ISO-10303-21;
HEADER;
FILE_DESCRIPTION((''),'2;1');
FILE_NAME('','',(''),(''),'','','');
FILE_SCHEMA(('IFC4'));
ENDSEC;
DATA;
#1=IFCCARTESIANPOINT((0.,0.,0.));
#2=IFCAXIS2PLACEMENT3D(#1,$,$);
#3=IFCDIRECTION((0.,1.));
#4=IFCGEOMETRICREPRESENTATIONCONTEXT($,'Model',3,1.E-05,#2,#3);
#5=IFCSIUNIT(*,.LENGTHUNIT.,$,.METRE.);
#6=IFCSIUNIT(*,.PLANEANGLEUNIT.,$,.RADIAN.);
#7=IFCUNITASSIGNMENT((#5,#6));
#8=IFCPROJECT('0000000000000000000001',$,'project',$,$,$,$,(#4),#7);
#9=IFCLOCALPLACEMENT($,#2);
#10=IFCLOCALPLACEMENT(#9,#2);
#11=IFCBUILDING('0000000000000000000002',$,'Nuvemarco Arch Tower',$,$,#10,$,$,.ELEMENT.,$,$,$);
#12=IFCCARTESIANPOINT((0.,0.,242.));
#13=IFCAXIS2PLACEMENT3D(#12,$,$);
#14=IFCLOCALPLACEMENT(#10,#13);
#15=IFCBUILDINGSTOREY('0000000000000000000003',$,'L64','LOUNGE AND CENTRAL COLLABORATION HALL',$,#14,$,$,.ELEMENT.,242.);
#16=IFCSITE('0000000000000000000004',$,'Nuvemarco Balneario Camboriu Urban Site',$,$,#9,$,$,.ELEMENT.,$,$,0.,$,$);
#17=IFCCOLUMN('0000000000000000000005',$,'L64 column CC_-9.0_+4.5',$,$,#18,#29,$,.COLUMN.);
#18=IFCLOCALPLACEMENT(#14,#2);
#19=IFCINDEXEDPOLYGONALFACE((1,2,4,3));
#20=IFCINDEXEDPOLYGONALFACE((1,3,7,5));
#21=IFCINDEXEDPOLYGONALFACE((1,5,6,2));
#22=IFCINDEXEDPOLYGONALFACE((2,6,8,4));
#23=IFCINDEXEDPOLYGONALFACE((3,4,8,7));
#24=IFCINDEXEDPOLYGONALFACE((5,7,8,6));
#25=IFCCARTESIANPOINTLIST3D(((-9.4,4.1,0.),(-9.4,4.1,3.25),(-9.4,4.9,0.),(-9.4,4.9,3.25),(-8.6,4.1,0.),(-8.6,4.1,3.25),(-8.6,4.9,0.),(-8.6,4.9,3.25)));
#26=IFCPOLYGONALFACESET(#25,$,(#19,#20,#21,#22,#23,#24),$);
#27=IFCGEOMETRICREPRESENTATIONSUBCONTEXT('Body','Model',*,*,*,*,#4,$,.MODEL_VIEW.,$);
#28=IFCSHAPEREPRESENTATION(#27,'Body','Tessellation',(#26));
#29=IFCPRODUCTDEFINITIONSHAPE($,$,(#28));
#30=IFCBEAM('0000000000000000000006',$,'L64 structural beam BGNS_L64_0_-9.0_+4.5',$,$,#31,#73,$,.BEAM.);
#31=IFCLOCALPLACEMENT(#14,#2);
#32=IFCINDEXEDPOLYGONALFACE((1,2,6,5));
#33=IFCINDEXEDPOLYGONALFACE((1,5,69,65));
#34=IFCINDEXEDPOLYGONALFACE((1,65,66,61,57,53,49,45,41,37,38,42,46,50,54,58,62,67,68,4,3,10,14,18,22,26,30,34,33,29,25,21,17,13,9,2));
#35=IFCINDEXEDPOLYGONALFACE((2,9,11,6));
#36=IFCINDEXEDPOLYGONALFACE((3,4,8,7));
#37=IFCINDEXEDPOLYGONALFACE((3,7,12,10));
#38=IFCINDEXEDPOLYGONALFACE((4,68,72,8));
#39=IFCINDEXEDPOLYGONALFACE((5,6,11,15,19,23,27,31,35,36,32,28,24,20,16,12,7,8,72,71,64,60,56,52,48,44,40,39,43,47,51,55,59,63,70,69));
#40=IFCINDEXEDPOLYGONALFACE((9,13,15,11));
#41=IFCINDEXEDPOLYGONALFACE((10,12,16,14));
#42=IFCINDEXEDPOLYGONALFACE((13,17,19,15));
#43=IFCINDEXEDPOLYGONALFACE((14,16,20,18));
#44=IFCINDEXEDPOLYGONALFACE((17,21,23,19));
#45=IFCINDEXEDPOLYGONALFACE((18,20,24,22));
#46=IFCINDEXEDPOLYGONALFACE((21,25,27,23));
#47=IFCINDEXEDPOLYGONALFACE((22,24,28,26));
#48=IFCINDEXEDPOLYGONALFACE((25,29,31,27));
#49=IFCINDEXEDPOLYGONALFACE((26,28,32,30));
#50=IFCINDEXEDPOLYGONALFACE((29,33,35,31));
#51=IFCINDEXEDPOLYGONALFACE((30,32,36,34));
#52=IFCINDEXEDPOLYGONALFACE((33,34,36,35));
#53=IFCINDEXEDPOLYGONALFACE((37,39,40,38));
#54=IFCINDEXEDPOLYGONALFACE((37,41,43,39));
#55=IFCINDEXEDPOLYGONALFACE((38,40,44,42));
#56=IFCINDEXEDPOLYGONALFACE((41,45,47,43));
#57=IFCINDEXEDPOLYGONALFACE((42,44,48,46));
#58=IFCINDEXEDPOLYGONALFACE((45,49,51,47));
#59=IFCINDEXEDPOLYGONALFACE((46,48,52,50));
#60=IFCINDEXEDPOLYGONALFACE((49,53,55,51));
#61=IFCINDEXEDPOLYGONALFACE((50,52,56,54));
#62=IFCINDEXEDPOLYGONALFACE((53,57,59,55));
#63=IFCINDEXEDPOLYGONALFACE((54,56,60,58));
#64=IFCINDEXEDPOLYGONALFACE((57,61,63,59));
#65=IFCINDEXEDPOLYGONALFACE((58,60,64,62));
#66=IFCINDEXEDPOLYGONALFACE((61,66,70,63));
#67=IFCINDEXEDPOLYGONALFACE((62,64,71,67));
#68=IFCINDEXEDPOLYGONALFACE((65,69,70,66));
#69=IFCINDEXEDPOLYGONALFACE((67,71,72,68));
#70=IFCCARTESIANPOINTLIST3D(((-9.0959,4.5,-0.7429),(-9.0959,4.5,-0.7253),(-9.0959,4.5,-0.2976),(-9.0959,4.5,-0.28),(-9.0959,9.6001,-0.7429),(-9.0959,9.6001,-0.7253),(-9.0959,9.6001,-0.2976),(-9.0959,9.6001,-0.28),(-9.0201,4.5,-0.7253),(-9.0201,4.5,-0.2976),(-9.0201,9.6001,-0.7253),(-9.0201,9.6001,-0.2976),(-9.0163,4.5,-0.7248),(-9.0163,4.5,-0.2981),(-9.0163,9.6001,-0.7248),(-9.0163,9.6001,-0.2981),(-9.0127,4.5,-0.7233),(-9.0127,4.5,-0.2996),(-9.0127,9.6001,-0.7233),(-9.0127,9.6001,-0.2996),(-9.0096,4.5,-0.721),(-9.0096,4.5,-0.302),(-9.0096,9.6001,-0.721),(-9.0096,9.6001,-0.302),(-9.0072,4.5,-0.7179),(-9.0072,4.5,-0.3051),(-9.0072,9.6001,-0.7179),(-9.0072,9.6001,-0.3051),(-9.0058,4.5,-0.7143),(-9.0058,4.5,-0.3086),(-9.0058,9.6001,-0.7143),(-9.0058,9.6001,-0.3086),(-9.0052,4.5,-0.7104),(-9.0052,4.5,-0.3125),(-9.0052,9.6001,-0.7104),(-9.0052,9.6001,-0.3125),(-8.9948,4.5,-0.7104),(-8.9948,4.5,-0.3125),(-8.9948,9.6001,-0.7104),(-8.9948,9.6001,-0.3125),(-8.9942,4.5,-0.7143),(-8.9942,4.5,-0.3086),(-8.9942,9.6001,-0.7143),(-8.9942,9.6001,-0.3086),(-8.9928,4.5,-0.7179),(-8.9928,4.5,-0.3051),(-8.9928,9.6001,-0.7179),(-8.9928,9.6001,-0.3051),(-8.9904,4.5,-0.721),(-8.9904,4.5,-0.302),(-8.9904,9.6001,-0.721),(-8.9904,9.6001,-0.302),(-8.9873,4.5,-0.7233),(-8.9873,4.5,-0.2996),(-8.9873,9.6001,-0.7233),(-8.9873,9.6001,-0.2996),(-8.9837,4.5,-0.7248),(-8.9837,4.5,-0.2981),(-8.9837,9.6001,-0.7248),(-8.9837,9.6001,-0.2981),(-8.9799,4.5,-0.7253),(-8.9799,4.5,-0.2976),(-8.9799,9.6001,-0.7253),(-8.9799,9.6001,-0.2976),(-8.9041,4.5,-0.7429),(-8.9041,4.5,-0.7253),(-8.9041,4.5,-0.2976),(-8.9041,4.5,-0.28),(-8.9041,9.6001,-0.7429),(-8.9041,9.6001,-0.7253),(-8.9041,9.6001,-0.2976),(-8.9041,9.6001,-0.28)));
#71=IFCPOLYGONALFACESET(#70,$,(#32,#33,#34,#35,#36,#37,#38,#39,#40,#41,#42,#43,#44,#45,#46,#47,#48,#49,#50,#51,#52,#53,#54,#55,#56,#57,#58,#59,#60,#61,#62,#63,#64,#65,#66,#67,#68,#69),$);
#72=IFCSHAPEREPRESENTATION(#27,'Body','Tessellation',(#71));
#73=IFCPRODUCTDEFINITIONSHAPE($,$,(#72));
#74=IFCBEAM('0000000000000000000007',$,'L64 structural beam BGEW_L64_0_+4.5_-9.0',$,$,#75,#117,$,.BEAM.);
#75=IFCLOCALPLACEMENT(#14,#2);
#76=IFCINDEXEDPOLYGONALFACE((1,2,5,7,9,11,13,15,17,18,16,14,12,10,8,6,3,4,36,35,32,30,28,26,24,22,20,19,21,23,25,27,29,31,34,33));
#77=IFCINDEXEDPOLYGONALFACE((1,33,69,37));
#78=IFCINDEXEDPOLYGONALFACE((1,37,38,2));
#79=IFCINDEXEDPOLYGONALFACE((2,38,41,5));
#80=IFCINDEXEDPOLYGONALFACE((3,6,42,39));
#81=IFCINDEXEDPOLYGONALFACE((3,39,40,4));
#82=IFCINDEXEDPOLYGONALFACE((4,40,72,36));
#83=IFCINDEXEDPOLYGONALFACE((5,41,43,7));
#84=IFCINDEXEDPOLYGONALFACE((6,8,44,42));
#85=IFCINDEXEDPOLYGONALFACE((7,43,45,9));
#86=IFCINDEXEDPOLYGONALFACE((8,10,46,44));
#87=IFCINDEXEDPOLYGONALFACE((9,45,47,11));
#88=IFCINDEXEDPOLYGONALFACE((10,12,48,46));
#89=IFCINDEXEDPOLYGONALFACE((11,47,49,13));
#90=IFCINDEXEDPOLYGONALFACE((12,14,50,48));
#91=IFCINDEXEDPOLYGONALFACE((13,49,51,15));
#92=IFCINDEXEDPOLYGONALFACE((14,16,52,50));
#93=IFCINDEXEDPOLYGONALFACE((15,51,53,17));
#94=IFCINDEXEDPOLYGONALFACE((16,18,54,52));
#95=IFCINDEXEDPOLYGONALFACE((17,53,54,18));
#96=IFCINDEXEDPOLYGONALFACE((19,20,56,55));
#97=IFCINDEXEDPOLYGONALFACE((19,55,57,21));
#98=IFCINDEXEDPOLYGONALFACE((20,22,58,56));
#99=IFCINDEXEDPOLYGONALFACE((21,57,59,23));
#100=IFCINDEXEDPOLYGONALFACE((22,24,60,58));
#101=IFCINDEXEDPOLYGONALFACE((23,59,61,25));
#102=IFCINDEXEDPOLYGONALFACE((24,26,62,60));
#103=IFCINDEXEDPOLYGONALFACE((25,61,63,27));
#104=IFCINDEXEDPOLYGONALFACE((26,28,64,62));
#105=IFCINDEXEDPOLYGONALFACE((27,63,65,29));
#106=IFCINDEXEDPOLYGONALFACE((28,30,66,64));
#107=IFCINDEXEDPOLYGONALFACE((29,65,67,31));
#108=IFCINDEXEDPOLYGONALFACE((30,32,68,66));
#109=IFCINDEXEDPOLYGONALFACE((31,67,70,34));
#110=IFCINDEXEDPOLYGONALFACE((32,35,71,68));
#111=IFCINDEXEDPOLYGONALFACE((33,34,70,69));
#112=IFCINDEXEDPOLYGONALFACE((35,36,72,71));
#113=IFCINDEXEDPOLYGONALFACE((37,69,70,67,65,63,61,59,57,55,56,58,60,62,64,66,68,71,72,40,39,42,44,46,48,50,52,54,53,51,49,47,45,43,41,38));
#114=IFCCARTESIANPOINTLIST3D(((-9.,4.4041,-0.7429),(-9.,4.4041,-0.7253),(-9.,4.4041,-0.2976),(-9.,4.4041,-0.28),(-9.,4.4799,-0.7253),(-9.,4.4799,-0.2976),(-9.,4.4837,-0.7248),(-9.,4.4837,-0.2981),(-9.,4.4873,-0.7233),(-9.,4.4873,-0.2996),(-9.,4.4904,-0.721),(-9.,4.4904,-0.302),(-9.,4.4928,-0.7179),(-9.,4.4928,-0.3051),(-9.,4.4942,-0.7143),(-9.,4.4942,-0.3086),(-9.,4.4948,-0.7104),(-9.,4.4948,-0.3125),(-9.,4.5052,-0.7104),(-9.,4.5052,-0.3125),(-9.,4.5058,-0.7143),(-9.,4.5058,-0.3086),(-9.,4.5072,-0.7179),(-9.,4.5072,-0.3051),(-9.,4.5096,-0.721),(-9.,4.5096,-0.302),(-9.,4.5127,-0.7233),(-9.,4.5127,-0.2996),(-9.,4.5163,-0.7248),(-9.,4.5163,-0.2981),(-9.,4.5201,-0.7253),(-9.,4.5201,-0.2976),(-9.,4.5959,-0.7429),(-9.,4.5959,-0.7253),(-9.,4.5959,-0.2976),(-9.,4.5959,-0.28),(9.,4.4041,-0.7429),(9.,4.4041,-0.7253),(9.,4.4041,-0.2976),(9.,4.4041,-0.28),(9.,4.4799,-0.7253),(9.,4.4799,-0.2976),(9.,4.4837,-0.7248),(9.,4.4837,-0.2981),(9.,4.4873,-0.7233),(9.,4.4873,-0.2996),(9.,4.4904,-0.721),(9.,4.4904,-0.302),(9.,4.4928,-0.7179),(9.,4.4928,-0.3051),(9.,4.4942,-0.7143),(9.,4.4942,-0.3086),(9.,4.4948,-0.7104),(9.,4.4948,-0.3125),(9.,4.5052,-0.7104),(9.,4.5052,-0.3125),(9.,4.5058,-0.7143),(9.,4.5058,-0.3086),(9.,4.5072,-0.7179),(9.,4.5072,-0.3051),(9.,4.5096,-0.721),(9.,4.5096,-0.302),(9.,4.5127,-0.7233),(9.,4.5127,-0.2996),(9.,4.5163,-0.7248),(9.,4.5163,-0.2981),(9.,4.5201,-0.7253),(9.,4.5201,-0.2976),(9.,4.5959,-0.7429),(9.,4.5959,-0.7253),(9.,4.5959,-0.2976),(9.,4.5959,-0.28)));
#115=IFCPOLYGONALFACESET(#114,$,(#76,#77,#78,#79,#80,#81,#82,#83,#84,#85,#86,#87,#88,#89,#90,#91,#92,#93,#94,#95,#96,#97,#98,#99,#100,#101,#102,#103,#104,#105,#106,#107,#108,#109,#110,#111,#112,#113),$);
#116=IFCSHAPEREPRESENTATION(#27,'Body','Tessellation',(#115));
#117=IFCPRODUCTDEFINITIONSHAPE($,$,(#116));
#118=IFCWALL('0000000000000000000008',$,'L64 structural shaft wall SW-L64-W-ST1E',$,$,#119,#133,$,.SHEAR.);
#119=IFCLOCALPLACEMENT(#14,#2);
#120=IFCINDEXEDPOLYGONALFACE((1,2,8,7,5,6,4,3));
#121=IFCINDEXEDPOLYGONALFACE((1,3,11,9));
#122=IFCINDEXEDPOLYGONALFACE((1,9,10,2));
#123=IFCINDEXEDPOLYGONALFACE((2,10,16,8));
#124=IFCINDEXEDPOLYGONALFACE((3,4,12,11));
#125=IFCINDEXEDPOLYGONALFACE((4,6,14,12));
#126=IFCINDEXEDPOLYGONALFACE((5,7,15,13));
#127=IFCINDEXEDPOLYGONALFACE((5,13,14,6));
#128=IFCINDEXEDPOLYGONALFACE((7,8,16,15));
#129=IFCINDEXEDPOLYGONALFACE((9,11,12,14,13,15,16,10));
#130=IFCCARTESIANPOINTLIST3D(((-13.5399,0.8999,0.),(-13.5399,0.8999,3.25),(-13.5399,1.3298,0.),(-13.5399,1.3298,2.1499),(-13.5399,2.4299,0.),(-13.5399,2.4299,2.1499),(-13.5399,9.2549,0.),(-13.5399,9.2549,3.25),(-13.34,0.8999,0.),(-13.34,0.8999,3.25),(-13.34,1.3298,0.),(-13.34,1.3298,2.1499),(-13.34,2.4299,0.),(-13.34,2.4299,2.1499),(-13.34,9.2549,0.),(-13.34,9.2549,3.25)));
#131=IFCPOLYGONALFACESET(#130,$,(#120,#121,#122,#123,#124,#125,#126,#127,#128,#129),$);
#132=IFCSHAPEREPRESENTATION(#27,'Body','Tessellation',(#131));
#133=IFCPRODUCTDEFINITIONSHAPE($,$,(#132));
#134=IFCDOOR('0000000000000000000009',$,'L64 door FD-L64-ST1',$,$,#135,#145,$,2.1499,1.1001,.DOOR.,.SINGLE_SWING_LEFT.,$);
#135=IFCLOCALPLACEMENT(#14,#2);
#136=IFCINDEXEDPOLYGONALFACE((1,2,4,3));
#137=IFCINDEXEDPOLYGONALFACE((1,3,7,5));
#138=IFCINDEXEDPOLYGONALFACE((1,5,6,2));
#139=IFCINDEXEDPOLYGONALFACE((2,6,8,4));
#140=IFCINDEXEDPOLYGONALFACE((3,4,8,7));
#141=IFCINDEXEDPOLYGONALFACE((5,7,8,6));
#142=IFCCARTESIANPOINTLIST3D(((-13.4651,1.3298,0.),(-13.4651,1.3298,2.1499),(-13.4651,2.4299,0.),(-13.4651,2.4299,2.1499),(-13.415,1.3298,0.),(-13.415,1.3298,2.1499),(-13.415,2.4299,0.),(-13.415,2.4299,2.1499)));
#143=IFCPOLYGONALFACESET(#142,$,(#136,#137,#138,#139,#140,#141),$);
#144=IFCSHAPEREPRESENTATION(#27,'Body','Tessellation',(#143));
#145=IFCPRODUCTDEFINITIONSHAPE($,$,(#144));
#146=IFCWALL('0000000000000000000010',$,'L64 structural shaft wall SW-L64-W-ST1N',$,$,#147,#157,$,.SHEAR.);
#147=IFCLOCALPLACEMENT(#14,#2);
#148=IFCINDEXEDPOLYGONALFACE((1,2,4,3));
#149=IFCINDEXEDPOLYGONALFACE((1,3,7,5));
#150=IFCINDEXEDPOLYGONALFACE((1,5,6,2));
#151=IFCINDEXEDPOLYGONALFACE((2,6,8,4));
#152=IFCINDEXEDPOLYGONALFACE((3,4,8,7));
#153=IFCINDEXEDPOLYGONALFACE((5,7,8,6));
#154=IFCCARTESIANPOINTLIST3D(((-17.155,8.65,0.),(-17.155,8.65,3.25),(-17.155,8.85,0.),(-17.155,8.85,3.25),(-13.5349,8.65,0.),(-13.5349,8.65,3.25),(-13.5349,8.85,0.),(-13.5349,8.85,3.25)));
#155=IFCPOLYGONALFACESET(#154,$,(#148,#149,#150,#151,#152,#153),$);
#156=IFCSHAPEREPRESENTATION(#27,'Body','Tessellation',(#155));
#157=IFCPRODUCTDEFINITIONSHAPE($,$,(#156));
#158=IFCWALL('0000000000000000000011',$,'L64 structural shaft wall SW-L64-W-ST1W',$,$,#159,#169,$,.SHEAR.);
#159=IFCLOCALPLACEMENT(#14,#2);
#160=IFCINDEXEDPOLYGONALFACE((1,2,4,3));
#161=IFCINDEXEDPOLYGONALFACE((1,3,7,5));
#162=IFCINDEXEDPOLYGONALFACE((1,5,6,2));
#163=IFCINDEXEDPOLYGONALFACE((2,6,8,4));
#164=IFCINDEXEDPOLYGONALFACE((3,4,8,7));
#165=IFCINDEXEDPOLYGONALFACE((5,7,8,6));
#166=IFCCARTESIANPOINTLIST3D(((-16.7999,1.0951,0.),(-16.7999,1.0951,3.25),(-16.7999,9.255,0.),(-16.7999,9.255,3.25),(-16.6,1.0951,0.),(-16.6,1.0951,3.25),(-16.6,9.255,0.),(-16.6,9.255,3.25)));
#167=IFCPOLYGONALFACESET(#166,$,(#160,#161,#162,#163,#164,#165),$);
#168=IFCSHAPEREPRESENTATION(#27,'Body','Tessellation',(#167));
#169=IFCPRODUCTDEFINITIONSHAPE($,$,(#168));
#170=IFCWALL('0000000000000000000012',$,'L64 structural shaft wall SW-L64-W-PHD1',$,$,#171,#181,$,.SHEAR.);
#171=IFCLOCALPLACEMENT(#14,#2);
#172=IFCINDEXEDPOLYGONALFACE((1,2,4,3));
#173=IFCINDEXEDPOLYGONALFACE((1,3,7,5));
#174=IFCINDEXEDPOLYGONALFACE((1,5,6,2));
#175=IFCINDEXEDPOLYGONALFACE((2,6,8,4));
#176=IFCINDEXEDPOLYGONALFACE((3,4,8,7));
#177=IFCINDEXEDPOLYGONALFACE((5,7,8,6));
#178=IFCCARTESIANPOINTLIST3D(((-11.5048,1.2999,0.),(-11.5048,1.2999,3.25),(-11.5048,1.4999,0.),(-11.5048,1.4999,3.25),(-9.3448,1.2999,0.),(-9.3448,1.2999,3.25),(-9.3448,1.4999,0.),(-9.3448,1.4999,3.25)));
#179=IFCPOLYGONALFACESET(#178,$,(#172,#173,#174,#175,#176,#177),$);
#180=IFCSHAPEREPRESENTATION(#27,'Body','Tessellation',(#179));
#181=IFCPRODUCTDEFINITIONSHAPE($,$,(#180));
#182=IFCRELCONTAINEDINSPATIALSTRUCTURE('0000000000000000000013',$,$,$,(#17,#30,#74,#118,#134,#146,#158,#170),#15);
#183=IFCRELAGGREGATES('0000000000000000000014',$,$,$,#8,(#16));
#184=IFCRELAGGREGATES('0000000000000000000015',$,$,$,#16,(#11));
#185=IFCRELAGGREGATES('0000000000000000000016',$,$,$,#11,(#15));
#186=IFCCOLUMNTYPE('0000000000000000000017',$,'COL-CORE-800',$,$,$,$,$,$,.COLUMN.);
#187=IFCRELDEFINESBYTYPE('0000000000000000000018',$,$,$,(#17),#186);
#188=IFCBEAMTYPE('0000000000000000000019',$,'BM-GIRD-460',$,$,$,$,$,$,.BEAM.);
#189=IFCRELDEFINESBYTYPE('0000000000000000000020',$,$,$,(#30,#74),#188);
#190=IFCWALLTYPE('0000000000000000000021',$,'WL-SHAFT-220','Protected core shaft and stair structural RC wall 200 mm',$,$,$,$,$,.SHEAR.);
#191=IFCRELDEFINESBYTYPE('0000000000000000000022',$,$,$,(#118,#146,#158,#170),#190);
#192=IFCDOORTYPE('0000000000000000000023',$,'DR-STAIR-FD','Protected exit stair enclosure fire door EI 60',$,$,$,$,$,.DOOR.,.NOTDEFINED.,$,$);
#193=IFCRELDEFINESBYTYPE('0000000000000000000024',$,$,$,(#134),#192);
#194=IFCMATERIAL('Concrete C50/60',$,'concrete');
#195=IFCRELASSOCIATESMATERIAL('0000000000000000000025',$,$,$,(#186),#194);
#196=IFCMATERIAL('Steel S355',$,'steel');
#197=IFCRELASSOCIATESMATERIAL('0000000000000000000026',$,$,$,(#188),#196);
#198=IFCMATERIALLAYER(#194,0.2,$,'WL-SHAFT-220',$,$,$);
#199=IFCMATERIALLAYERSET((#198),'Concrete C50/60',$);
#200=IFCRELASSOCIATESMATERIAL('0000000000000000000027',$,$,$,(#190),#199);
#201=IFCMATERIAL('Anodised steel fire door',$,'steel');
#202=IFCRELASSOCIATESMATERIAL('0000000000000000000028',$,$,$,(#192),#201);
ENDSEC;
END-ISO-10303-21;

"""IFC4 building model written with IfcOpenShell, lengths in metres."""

from ifc_helpers import new_model, si_unit, direction, frame, frame_2d, origin, origin_2d, place, context, subcontext, project, spatial, rectangle, i_section, extrude, source, transform, mapped, material, layer, layer_set, material_profile, profile_set, type_object, type_shapes, element, fill, save


model = new_model("IFC4")

# Units and contexts
model_context = context("Model", 3, precision=1e-05, world=origin(), true_north=direction((0.0, 1.0)))
body_context = subcontext(model_context, "Body", "Model", "MODEL_VIEW")
ifc_project = project(units=[si_unit("LENGTHUNIT", "METRE"), si_unit("PLANEANGLEUNIT", "RADIAN")], contexts=[model_context])

# Site, building, storey
site_placement = place(None, origin())
site = spatial("IfcSite", under=ifc_project, at=site_placement, Name="Nuvemarco Balneario Camboriu Urban Site", CompositionType="ELEMENT", RefElevation=0.0)
building_placement = place(site_placement, origin())
building = spatial("IfcBuilding", under=site, at=building_placement, Name="Nuvemarco Arch Tower", CompositionType="ELEMENT")
storey_placement = place(building_placement, frame((0.0, 0.0, 242.0)))
storey = spatial("IfcBuildingStorey", under=building, at=storey_placement, Name="L64", Description="LOUNGE AND CENTRAL COLLABORATION HALL", CompositionType="ELEMENT", Elevation=242.0)

# Column
ifc_material_1 = material(Name="Concrete C50/60", Category="concrete")
ifc_material_profile_1 = material_profile(ifc_material_1, rectangle(XDim=0.8, YDim=0.8, at=origin_2d()), Name="RC-COL-800x800")
ifc_profile_set_1 = profile_set([ifc_material_profile_1], Name="Concrete C50/60")
column_type = type_object("IfcColumnType", Name="COL-CORE-800", PredefinedType="COLUMN", material=ifc_profile_set_1)
column_placement = place(storey_placement, frame((-9.0, 4.5, 0.0), z_axis=(0.0, 0.0, 1.0), x_axis=(1.0, 0.0, 0.0)))
element("IfcColumn", 1, at=column_placement, inside=storey, type_object=column_type, Name="L64 column CC_-9.0_+4.5", PredefinedType="COLUMN", context=body_context, shape_type="SweptSolid", body=[
    extrude(rectangle(XDim=0.8, YDim=0.8, at=origin_2d()), origin(), (0.0, 0.0, 1.0), 3.25),
])

# Beams
ifc_material_2 = material(Name="Steel S355", Category="steel")
ifc_material_profile_2 = material_profile(ifc_material_2, i_section(OverallWidth=0.1919, OverallDepth=0.4629, WebThickness=0.0105, FlangeThickness=0.0176, FilletRadius=0.0149, at=origin_2d()), Name="W460x89")
ifc_profile_set_2 = profile_set([ifc_material_profile_2], Name="Steel S355")
beam_type = type_object("IfcBeamType", Name="BM-GIRD-460", PredefinedType="BEAM", material=ifc_profile_set_2)
beam_1_placement = place(storey_placement, frame((-9.0, 4.5, -0.5115), z_axis=(0.0, 1.0, 0.0), x_axis=(-1.0, 0.0, 0.0)))
element("IfcBeam", 2, at=beam_1_placement, inside=storey, type_object=beam_type, Name="L64 structural beam BGNS_L64_0_-9.0_+4.5", PredefinedType="BEAM", context=body_context, shape_type="SweptSolid", body=[
    extrude(i_section(OverallWidth=0.1919, OverallDepth=0.4629, WebThickness=0.0105, FlangeThickness=0.0176, FilletRadius=0.0149, at=origin_2d()), origin(), (0.0, 0.0, 1.0), 5.1001),
])
beam_2_placement = place(storey_placement, frame((-9.0, 4.5, -0.5115), z_axis=(1.0, 0.0, 0.0), x_axis=(0.0, 1.0, 0.0)))
element("IfcBeam", 3, at=beam_2_placement, inside=storey, type_object=beam_type, Name="L64 structural beam BGEW_L64_0_+4.5_-9.0", PredefinedType="BEAM", context=body_context, shape_type="SweptSolid", body=[
    extrude(i_section(OverallWidth=0.1919, OverallDepth=0.4629, WebThickness=0.0105, FlangeThickness=0.0176, FilletRadius=0.0149, at=origin_2d()), origin(), (0.0, 0.0, 1.0), 18.0),
])

# Wall, opening, door
ifc_layer = layer(ifc_material_1, 0.2, Name="WL-SHAFT-220")
ifc_layer_set = layer_set([ifc_layer], Name="Concrete C50/60")
wall_type = type_object("IfcWallType", Name="WL-SHAFT-220", Description="Protected core shaft and stair structural RC wall 200 mm", PredefinedType="SHEAR", material=ifc_layer_set)
wall_1_placement = place(storey_placement, frame((-13.4399, 0.8999, 0.0), z_axis=(0.0, 0.0, 1.0), x_axis=(0.0, 1.0, 0.0)))
wall_1 = element("IfcWall", 4, at=wall_1_placement, inside=storey, type_object=wall_type, Name="L64 structural shaft wall SW-L64-W-ST1E", PredefinedType="SHEAR", context=body_context, shape_type="SweptSolid", body=[
    extrude(rectangle(XDim=8.355, YDim=0.2, at=frame_2d((4.1775, 0.0))), origin(), (0.0, 0.0, 1.0), 3.25),
])
opening_1_placement = place(wall_1_placement, frame((1.53, 0.0, 0.0), z_axis=(0.0, 0.0, 1.0), x_axis=(-1.0, 0.0, 0.0)))
opening_1 = element("IfcOpeningElement", 5, at=opening_1_placement, cuts=wall_1, PredefinedType="OPENING", context=body_context, shape_type="SweptSolid", body=[
    extrude(rectangle(XDim=1.1001, YDim=2.1499, at=frame_2d((0.55, 1.075))), frame((0.0, 0.1099, 0.0), z_axis=(0.0, -1.0, 0.0), x_axis=(1.0, 0.0, 0.0)), (0.0, 0.0, 1.0), 0.22),
])
ifc_material_3 = material(Name="Anodised steel fire door", Category="steel")
door_type_1 = type_object("IfcDoorType", Name="DR-STAIR-FD", Description="Protected exit stair enclosure fire door EI 60", OperationType="NOTDEFINED", PredefinedType="DOOR", material=ifc_material_3)
shared_shape_1 = source(origin(), body_context, "Body", "SweptSolid", [
    extrude(rectangle(XDim=1.1001, YDim=2.1499, at=frame_2d((0.55, 1.075))), frame((0.0, 0.0249, 0.0), z_axis=(0.0, -1.0, 0.0), x_axis=(1.0, 0.0, 0.0)), (0.0, 0.0, 1.0), 0.05),
])
type_shapes(door_type_1, [shared_shape_1])
door_1_placement = place(opening_1_placement, origin())
door_1 = element("IfcDoor", 6, at=door_1_placement, inside=storey, type_object=door_type_1, Name="L64 door FD-L64-ST1", OperationType="SINGLE_SWING_LEFT", OverallHeight=2.1499, OverallWidth=1.1001, PredefinedType="DOOR", context=body_context, shape_type="MappedRepresentation", body=[
    mapped(shared_shape_1, transform((0.0, 0.0, 0.0), scale=1.0)),
])
fill(opening_1, door_1)

# Walls
wall_2_placement = place(storey_placement, frame((-17.155, 8.75, 0.0), z_axis=(0.0, 0.0, 1.0), x_axis=(1.0, 0.0, 0.0)))
element("IfcWall", 7, at=wall_2_placement, inside=storey, type_object=wall_type, Name="L64 structural shaft wall SW-L64-W-ST1N", PredefinedType="SHEAR", context=body_context, shape_type="SweptSolid", body=[
    extrude(rectangle(XDim=3.6201, YDim=0.2, at=frame_2d((1.8101, 0.0))), origin(), (0.0, 0.0, 1.0), 3.25),
])
wall_3_placement = place(storey_placement, frame((-16.7, 1.095, 0.0), z_axis=(0.0, 0.0, 1.0), x_axis=(0.0, 1.0, 0.0)))
element("IfcWall", 8, at=wall_3_placement, inside=storey, type_object=wall_type, Name="L64 structural shaft wall SW-L64-W-ST1W", PredefinedType="SHEAR", context=body_context, shape_type="SweptSolid", body=[
    extrude(rectangle(XDim=8.1599, YDim=0.2, at=frame_2d((4.0801, 0.0))), origin(), (0.0, 0.0, 1.0), 3.25),
])

# Wall
for number, where, z_axis, x_axis, name in (
    (9, (-11.5049, 1.3999, 0.0), (0.0, 0.0, 1.0), (1.0, 0.0, 0.0), "L64 structural shaft wall SW-L64-W-PHD1"),
):
    element("IfcWall", number, at=place(storey_placement, frame(where, z_axis=z_axis, x_axis=x_axis)), inside=storey, type_object=wall_type, Name=name, PredefinedType="SHEAR", context=body_context, shape_type="SweptSolid", body=[
        extrude(rectangle(XDim=2.1599, YDim=0.2, at=frame_2d((1.0801, 0.0))), origin(), (0.0, 0.0, 1.0), 3.25),
    ])

save(model, "model.ifc")
